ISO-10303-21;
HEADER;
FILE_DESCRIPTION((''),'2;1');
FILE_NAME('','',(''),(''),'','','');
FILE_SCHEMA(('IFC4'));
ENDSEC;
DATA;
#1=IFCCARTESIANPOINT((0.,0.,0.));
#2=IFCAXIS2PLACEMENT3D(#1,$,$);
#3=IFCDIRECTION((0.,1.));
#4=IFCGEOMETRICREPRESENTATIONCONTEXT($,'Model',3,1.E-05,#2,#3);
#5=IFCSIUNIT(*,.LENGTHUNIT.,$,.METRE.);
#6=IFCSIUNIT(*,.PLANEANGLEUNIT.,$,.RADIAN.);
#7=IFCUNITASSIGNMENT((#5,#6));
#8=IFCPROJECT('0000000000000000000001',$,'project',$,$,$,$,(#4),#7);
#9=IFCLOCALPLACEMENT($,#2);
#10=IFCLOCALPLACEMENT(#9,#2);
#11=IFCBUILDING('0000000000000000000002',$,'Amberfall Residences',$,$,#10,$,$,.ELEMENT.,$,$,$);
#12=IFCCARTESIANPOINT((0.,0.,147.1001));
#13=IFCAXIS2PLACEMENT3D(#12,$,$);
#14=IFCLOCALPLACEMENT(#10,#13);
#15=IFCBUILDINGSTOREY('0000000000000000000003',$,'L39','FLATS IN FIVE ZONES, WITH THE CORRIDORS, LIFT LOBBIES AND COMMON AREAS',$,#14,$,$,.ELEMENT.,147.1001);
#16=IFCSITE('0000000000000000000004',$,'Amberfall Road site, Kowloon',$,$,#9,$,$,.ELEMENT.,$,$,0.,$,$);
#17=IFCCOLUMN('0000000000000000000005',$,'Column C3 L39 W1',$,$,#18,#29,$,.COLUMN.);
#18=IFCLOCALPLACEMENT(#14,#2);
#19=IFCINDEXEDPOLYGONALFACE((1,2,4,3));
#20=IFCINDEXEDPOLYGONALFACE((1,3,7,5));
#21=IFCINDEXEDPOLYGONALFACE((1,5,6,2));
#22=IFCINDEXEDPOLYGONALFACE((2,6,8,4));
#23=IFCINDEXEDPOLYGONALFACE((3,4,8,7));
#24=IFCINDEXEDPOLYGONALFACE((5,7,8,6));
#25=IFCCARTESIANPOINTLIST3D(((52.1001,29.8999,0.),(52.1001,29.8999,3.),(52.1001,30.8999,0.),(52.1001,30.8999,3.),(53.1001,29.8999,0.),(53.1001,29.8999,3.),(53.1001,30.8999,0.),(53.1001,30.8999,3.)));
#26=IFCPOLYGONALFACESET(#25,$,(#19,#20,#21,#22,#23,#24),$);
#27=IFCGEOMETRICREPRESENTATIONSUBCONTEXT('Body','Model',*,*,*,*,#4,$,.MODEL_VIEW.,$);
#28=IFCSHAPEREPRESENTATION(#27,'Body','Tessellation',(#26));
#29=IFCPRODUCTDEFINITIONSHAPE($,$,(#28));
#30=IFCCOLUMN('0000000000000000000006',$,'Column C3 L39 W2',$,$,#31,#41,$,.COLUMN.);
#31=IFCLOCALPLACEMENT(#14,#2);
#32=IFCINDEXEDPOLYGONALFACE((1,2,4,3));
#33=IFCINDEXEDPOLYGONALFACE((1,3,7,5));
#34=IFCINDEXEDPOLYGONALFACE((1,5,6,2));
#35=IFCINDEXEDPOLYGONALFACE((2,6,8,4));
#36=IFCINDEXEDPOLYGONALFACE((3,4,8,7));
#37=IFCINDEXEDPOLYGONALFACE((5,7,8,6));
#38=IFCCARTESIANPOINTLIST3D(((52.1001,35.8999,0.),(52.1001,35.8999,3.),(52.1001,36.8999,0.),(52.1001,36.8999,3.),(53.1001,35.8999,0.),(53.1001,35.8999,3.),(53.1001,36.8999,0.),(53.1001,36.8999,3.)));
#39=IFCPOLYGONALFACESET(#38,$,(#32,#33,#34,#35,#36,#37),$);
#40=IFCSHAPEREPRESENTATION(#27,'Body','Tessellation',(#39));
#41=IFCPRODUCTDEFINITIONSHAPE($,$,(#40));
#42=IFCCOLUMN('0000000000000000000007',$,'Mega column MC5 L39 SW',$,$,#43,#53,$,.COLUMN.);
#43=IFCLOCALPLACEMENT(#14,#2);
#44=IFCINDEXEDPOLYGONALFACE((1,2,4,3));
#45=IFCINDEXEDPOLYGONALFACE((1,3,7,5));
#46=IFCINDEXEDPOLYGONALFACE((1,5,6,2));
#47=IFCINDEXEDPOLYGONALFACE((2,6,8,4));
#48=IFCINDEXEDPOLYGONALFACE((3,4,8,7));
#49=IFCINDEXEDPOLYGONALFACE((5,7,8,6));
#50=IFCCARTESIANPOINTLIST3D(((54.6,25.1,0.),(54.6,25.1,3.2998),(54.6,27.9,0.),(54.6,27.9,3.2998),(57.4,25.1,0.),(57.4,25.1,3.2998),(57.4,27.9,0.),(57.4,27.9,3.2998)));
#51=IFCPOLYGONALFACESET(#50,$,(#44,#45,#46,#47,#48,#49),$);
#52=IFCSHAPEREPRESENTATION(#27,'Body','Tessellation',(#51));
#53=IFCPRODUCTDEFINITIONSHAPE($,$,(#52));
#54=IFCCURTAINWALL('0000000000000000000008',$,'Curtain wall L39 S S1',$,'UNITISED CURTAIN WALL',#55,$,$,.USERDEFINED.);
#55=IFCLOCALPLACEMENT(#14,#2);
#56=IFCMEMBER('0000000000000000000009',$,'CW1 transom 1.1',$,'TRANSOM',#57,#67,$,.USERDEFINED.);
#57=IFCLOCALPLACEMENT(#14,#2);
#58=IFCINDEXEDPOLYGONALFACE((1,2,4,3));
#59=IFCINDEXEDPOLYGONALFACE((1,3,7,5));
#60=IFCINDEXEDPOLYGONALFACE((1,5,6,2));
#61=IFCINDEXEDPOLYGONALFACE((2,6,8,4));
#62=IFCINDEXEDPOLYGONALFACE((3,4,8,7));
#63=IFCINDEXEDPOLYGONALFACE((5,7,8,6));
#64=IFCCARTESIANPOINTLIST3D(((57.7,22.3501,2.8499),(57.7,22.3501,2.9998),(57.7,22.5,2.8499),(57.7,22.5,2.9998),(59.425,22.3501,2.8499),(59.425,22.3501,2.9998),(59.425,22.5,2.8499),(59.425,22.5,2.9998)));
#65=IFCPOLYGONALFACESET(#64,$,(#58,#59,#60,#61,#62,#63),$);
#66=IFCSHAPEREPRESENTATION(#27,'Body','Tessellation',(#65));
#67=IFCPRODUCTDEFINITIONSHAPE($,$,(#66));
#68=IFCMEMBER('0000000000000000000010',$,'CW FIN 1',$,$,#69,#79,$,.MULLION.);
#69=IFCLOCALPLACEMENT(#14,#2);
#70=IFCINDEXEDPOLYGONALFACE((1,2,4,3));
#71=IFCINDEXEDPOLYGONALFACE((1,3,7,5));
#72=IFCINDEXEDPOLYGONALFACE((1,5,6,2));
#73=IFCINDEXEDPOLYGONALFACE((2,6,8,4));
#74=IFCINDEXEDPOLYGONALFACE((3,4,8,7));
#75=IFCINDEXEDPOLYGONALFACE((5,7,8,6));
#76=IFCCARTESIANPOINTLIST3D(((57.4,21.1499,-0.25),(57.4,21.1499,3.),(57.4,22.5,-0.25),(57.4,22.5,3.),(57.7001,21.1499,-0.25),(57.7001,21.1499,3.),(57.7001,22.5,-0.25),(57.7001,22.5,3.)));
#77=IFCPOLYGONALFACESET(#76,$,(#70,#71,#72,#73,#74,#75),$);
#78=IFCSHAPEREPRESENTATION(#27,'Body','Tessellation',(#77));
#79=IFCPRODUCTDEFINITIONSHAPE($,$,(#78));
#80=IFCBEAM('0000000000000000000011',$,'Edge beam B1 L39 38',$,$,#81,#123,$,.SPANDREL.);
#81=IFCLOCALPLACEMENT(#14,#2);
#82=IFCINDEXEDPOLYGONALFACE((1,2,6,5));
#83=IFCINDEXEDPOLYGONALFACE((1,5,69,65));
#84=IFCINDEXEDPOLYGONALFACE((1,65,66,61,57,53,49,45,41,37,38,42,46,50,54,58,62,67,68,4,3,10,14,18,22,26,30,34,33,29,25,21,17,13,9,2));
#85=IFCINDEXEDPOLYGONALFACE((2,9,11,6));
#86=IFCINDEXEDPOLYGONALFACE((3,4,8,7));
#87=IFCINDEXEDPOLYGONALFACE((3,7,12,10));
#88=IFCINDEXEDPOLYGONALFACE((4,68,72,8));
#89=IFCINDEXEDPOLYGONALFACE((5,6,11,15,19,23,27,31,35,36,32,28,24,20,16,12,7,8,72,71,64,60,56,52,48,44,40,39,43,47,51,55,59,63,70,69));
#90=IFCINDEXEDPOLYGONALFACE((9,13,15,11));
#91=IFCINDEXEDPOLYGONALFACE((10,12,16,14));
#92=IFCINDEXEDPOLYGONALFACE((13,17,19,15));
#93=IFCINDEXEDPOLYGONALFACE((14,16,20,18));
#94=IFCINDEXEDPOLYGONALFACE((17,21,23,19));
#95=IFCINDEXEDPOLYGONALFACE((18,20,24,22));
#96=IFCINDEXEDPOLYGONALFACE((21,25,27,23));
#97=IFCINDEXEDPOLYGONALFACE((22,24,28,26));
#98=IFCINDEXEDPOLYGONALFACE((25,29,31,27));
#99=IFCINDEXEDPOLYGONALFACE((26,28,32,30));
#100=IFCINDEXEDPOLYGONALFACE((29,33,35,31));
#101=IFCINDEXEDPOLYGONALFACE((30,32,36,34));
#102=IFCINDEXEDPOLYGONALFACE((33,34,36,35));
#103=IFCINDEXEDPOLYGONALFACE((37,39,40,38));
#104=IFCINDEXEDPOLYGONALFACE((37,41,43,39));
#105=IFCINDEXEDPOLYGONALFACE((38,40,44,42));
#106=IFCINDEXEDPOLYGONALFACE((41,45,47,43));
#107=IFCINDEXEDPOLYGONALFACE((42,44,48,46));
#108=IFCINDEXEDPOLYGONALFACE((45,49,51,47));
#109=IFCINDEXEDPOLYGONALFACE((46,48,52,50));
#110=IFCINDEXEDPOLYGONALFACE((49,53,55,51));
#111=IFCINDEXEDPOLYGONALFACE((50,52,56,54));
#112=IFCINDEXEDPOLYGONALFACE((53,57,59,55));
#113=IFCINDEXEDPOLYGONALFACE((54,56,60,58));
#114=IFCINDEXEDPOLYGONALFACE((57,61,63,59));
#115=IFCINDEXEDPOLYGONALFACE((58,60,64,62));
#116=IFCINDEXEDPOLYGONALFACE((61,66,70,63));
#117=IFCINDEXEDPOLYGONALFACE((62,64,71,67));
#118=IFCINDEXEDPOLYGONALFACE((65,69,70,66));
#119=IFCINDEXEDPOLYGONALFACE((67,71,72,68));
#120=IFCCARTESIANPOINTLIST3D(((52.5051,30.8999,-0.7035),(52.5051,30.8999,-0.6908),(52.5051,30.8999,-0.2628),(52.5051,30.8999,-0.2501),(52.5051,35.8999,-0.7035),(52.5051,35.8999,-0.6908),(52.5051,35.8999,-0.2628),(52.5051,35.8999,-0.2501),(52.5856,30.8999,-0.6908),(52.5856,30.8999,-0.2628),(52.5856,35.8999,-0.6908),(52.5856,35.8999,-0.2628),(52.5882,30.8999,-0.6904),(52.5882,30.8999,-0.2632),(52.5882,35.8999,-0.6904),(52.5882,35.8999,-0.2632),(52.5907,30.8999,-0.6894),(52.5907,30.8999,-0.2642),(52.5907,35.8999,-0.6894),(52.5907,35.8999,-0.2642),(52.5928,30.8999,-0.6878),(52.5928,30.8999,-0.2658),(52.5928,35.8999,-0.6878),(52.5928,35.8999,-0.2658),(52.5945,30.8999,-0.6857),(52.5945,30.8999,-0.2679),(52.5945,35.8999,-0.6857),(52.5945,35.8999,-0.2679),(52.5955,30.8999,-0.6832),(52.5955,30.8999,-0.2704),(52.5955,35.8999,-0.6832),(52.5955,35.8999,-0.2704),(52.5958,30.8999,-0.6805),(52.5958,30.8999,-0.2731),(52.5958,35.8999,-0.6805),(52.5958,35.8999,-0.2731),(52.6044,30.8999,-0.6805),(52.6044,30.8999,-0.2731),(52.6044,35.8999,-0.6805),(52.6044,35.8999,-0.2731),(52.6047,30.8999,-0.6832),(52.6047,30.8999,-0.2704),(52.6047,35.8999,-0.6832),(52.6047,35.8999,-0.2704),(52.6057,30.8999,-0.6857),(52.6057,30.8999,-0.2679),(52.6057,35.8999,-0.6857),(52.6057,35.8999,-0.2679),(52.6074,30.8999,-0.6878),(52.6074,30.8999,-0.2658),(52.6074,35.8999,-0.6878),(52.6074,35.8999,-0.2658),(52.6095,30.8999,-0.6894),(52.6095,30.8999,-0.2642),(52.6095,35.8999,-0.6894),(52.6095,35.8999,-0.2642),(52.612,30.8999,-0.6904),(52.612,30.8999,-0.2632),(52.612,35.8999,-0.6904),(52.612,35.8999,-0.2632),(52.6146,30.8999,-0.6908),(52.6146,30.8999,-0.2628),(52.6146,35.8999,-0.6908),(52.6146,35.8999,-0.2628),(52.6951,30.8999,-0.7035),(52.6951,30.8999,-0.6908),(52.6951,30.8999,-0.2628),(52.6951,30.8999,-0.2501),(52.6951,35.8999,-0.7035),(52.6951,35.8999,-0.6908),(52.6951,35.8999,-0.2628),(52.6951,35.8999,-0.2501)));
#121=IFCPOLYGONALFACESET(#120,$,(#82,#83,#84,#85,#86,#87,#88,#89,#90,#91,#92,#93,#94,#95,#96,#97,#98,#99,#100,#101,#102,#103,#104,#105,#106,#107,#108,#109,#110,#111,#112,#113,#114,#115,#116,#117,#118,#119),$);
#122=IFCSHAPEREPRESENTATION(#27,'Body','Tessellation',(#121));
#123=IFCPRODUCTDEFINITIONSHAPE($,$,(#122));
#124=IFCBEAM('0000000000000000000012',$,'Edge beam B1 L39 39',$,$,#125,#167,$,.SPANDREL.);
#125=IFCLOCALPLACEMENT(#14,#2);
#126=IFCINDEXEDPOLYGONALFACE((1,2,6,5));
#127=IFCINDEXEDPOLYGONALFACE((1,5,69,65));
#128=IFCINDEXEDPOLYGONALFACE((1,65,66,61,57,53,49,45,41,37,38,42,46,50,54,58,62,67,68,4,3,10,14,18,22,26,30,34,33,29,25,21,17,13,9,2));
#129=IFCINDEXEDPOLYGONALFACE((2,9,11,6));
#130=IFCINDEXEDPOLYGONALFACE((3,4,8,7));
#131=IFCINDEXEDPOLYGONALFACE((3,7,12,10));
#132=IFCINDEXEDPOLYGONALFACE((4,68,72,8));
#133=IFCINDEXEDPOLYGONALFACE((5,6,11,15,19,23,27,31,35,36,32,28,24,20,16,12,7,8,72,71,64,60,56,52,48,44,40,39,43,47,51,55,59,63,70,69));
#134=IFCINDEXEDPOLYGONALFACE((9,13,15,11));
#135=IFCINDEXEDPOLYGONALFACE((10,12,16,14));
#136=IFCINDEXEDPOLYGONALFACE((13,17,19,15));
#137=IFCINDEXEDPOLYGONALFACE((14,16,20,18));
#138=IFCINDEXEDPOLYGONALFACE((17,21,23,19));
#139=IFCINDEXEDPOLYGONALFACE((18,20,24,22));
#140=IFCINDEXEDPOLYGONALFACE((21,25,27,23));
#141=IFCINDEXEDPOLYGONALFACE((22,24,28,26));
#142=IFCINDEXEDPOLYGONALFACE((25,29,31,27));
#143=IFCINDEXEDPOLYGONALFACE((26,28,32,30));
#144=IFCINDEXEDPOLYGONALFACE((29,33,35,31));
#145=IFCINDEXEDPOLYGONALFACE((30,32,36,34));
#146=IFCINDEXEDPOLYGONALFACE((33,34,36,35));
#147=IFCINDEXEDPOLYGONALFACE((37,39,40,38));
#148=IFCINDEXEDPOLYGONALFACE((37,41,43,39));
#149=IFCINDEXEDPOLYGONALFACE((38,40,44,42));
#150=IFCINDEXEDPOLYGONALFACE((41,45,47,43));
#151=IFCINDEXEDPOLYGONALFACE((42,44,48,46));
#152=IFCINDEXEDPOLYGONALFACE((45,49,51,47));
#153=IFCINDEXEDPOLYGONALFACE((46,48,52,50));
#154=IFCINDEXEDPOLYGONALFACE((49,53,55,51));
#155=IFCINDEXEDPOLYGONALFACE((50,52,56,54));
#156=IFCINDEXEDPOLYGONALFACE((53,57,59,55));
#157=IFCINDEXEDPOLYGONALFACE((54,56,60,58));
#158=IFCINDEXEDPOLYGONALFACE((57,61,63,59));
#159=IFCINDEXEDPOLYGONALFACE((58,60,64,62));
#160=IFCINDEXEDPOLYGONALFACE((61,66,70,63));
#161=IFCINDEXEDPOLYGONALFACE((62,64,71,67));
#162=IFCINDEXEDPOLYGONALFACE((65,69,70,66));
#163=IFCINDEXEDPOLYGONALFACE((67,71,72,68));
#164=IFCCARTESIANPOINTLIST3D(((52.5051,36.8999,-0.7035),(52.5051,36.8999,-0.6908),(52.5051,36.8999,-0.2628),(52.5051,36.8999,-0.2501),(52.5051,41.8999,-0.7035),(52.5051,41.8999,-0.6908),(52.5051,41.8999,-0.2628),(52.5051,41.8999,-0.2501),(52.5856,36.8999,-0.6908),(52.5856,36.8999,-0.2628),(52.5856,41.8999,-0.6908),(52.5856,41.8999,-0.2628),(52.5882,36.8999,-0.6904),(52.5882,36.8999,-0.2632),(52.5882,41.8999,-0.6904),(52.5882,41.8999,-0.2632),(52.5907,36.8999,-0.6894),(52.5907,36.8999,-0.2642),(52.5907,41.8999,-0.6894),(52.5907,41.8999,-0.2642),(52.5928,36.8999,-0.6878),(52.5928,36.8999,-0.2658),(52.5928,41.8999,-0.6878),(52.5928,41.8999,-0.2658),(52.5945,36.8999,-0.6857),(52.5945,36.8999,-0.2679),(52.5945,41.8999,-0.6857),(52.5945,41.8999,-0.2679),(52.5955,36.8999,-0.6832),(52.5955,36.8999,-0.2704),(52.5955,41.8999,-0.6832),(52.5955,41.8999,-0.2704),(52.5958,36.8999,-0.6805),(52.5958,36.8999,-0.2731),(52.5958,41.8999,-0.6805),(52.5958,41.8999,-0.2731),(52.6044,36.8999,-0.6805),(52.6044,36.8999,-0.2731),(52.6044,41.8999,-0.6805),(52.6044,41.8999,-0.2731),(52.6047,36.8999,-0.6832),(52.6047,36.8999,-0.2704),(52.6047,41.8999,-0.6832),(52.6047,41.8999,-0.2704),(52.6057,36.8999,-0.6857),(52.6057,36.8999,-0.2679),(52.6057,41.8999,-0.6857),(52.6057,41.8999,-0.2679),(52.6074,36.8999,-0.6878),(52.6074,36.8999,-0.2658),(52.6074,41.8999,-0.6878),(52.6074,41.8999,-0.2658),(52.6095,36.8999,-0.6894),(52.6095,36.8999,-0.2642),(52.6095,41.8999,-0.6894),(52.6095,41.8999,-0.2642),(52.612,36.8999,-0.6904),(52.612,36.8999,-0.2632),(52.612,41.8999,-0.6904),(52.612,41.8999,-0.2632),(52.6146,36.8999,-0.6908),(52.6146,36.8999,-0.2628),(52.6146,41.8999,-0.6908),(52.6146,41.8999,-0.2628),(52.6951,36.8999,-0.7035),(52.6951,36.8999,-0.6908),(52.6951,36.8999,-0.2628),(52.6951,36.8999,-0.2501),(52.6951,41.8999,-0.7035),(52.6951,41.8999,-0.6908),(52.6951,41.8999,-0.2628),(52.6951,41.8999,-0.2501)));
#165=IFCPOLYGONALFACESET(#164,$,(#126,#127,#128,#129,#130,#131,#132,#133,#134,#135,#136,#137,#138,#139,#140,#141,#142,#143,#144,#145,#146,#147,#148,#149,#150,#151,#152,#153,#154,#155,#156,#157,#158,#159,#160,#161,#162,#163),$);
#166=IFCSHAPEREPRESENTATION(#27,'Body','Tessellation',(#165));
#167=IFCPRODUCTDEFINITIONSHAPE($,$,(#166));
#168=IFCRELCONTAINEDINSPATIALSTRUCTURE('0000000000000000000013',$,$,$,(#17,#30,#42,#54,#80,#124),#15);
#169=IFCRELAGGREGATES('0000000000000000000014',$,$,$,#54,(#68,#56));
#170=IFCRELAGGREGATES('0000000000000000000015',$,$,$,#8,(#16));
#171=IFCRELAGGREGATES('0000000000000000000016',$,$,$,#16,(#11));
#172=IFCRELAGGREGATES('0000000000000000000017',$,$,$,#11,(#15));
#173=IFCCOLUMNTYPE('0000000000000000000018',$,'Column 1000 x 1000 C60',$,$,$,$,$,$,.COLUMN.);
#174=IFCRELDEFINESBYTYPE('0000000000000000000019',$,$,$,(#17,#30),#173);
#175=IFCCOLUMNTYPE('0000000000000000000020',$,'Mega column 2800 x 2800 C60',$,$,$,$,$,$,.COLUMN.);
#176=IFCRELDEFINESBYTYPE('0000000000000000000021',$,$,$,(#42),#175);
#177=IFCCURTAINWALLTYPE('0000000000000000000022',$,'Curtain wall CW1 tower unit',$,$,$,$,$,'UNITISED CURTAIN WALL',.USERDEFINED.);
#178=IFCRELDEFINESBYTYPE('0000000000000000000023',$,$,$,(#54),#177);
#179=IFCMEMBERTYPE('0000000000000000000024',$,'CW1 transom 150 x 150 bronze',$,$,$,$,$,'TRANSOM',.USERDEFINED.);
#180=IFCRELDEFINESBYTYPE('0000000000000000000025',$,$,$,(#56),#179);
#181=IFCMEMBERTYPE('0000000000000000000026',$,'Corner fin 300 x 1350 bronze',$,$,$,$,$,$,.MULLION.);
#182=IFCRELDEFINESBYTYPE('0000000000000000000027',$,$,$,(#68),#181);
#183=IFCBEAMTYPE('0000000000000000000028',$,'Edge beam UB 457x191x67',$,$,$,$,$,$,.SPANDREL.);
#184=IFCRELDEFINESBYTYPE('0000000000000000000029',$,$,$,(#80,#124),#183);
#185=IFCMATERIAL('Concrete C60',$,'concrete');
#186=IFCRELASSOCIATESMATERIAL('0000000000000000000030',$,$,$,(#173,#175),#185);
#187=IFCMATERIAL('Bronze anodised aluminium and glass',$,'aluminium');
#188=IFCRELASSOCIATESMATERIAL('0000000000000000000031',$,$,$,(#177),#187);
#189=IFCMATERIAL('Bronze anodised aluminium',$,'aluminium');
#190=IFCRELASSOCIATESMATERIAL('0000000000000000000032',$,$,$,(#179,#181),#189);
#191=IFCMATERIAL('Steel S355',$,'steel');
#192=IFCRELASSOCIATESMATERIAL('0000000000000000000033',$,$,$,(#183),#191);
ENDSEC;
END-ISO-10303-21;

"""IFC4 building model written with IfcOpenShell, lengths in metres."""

from ifc_helpers import new_model, si_unit, direction, frame, origin, origin_2d, place, context, subcontext, project, spatial, rectangle, i_section, extrude, material, material_profile, profile_set, type_object, element, aggregate, save


model = new_model("IFC4")

# Units and contexts
model_context = context("Model", 3, precision=1e-05, world=origin(), true_north=direction((0.0, 1.0)))
body_context = subcontext(model_context, "Body", "Model", "MODEL_VIEW")
ifc_project = project(units=[si_unit("LENGTHUNIT", "METRE"), si_unit("PLANEANGLEUNIT", "RADIAN")], contexts=[model_context])

# Site, building, storey
site_placement = place(None, origin())
site = spatial("IfcSite", under=ifc_project, at=site_placement, Name="Amberfall Road site, Kowloon", CompositionType="ELEMENT", RefElevation=0.0)
building_placement = place(site_placement, origin())
building = spatial("IfcBuilding", under=site, at=building_placement, Name="Amberfall Residences", CompositionType="ELEMENT")
storey_placement = place(building_placement, frame((0.0, 0.0, 147.1001)))
storey = spatial("IfcBuildingStorey", under=building, at=storey_placement, Name="L39", Description="FLATS IN FIVE ZONES, WITH THE CORRIDORS, LIFT LOBBIES AND COMMON AREAS", CompositionType="ELEMENT", Elevation=147.1001)

# Columns
ifc_material_1 = material(Name="Concrete C60", Category="concrete")
ifc_material_profile_1 = material_profile(ifc_material_1, rectangle(XDim=1.0, YDim=1.0, at=origin_2d()), Name="Column 1000 x 1000 C60")
ifc_profile_set_1 = profile_set([ifc_material_profile_1], Name="Concrete C60")
column_type_1 = type_object("IfcColumnType", Name="Column 1000 x 1000 C60", PredefinedType="COLUMN", material=ifc_profile_set_1)
for number, where, z_axis, x_axis, name in (
    (1, (52.6001, 30.3999, 0.0), (0.0, 0.0, 1.0), (1.0, 0.0, 0.0), "Column C3 L39 W1"),
    (2, (52.6001, 36.3999, 0.0), (0.0, 0.0, 1.0), (1.0, 0.0, 0.0), "Column C3 L39 W2"),
):
    element("IfcColumn", number, at=place(storey_placement, frame(where, z_axis=z_axis, x_axis=x_axis)), inside=storey, type_object=column_type_1, Name=name, PredefinedType="COLUMN", context=body_context, shape_type="SweptSolid", body=[
        extrude(rectangle(XDim=1.0, YDim=1.0, at=origin_2d()), origin(), (0.0, 0.0, 1.0), 3.0),
    ])
ifc_material_profile_2 = material_profile(ifc_material_1, rectangle(XDim=2.8, YDim=2.8, at=origin_2d()), Name="Mega column 2800 x 2800 C60")
ifc_profile_set_2 = profile_set([ifc_material_profile_2], Name="Concrete C60")
column_type_2 = type_object("IfcColumnType", Name="Mega column 2800 x 2800 C60", PredefinedType="COLUMN", material=ifc_profile_set_2)
column_placement = place(storey_placement, frame((56.0, 26.5, 0.0), z_axis=(0.0, 0.0, 1.0), x_axis=(1.0, 0.0, 0.0)))
element("IfcColumn", 3, at=column_placement, inside=storey, type_object=column_type_2, Name="Mega column MC5 L39 SW", PredefinedType="COLUMN", context=body_context, shape_type="SweptSolid", body=[
    extrude(rectangle(XDim=2.8, YDim=2.8, at=origin_2d()), origin(), (0.0, 0.0, 1.0), 3.2998),
])

# Curtain wall, members
ifc_material_2 = material(Name="Bronze anodised aluminium and glass", Category="aluminium")
curtain_wall_type = type_object("IfcCurtainWallType", Name="Curtain wall CW1 tower unit", ElementType="UNITISED CURTAIN WALL", PredefinedType="USERDEFINED", material=ifc_material_2)
curtain_wall_placement = place(storey_placement, origin())
curtain_wall = element("IfcCurtainWall", 4, at=curtain_wall_placement, inside=storey, type_object=curtain_wall_type, Name="Curtain wall L39 S S1", ObjectType="UNITISED CURTAIN WALL", PredefinedType="USERDEFINED")
ifc_material_3 = material(Name="Bronze anodised aluminium", Category="aluminium")
ifc_material_profile_3 = material_profile(ifc_material_3, rectangle(XDim=0.1499, YDim=0.1499, at=origin_2d()), Name="CW1 transom 150 x 150 bronze")
ifc_profile_set_3 = profile_set([ifc_material_profile_3], Name="Bronze anodised aluminium")
member_type_1 = type_object("IfcMemberType", Name="CW1 transom 150 x 150 bronze", ElementType="TRANSOM", PredefinedType="USERDEFINED", material=ifc_profile_set_3)
member_1_placement = place(storey_placement, frame((57.7, 22.425, 2.9248), z_axis=(1.0, 0.0, 0.0), x_axis=(0.0, 1.0, 0.0)))
member_1 = element("IfcMember", 5, at=member_1_placement, type_object=member_type_1, Name="CW1 transom 1.1", ObjectType="TRANSOM", PredefinedType="USERDEFINED", context=body_context, shape_type="SweptSolid", body=[
    extrude(rectangle(XDim=0.1499, YDim=0.1499, at=origin_2d()), origin(), (0.0, 0.0, 1.0), 1.7251),
])
ifc_material_profile_4 = material_profile(ifc_material_3, rectangle(XDim=1.3501, YDim=0.3, at=origin_2d()), Name="Corner fin 300 x 1350 bronze")
ifc_profile_set_4 = profile_set([ifc_material_profile_4], Name="Bronze anodised aluminium")
member_type_2 = type_object("IfcMemberType", Name="Corner fin 300 x 1350 bronze", PredefinedType="MULLION", material=ifc_profile_set_4)
member_2_placement = place(storey_placement, frame((57.55, 21.825, -0.25), z_axis=(0.0, 0.0, 1.0), x_axis=(0.0, 1.0, 0.0)))
member_2 = element("IfcMember", 6, at=member_2_placement, type_object=member_type_2, Name="CW FIN 1", PredefinedType="MULLION", context=body_context, shape_type="SweptSolid", body=[
    extrude(rectangle(XDim=1.3501, YDim=0.3, at=origin_2d()), origin(), (0.0, 0.0, 1.0), 3.25),
])

# Beams
ifc_material_4 = material(Name="Steel S355", Category="steel")
ifc_material_profile_5 = material_profile(ifc_material_4, i_section(OverallWidth=0.1899, OverallDepth=0.4534, WebThickness=0.0085, FlangeThickness=0.0127, FilletRadius=0.0103, at=origin_2d()), Name="UB 457x191x67")
ifc_profile_set_5 = profile_set([ifc_material_profile_5], Name="Steel S355")
beam_type_1 = type_object("IfcBeamType", Name="Edge beam UB 457x191x67", PredefinedType="SPANDREL", material=ifc_profile_set_5)
for number, where, z_axis, x_axis, name in (
    (7, (52.6001, 30.8999, -0.4768), (0.0, 1.0, 0.0), (-1.0, 0.0, 0.0), "Edge beam B1 L39 38"),
    (8, (52.6001, 36.8999, -0.4768), (0.0, 1.0, 0.0), (-1.0, 0.0, 0.0), "Edge beam B1 L39 39"),
):
    element("IfcBeam", number, at=place(storey_placement, frame(where, z_axis=z_axis, x_axis=x_axis)), inside=storey, type_object=beam_type_1, Name=name, PredefinedType="SPANDREL", context=body_context, shape_type="SweptSolid", body=[
        extrude(i_section(OverallWidth=0.1899, OverallDepth=0.4534, WebThickness=0.0085, FlangeThickness=0.0127, FilletRadius=0.0103, at=origin_2d()), origin(), (0.0, 0.0, 1.0), 5.0),
    ])

aggregate(curtain_wall, [member_2, member_1])

save(model, "model.ifc")
